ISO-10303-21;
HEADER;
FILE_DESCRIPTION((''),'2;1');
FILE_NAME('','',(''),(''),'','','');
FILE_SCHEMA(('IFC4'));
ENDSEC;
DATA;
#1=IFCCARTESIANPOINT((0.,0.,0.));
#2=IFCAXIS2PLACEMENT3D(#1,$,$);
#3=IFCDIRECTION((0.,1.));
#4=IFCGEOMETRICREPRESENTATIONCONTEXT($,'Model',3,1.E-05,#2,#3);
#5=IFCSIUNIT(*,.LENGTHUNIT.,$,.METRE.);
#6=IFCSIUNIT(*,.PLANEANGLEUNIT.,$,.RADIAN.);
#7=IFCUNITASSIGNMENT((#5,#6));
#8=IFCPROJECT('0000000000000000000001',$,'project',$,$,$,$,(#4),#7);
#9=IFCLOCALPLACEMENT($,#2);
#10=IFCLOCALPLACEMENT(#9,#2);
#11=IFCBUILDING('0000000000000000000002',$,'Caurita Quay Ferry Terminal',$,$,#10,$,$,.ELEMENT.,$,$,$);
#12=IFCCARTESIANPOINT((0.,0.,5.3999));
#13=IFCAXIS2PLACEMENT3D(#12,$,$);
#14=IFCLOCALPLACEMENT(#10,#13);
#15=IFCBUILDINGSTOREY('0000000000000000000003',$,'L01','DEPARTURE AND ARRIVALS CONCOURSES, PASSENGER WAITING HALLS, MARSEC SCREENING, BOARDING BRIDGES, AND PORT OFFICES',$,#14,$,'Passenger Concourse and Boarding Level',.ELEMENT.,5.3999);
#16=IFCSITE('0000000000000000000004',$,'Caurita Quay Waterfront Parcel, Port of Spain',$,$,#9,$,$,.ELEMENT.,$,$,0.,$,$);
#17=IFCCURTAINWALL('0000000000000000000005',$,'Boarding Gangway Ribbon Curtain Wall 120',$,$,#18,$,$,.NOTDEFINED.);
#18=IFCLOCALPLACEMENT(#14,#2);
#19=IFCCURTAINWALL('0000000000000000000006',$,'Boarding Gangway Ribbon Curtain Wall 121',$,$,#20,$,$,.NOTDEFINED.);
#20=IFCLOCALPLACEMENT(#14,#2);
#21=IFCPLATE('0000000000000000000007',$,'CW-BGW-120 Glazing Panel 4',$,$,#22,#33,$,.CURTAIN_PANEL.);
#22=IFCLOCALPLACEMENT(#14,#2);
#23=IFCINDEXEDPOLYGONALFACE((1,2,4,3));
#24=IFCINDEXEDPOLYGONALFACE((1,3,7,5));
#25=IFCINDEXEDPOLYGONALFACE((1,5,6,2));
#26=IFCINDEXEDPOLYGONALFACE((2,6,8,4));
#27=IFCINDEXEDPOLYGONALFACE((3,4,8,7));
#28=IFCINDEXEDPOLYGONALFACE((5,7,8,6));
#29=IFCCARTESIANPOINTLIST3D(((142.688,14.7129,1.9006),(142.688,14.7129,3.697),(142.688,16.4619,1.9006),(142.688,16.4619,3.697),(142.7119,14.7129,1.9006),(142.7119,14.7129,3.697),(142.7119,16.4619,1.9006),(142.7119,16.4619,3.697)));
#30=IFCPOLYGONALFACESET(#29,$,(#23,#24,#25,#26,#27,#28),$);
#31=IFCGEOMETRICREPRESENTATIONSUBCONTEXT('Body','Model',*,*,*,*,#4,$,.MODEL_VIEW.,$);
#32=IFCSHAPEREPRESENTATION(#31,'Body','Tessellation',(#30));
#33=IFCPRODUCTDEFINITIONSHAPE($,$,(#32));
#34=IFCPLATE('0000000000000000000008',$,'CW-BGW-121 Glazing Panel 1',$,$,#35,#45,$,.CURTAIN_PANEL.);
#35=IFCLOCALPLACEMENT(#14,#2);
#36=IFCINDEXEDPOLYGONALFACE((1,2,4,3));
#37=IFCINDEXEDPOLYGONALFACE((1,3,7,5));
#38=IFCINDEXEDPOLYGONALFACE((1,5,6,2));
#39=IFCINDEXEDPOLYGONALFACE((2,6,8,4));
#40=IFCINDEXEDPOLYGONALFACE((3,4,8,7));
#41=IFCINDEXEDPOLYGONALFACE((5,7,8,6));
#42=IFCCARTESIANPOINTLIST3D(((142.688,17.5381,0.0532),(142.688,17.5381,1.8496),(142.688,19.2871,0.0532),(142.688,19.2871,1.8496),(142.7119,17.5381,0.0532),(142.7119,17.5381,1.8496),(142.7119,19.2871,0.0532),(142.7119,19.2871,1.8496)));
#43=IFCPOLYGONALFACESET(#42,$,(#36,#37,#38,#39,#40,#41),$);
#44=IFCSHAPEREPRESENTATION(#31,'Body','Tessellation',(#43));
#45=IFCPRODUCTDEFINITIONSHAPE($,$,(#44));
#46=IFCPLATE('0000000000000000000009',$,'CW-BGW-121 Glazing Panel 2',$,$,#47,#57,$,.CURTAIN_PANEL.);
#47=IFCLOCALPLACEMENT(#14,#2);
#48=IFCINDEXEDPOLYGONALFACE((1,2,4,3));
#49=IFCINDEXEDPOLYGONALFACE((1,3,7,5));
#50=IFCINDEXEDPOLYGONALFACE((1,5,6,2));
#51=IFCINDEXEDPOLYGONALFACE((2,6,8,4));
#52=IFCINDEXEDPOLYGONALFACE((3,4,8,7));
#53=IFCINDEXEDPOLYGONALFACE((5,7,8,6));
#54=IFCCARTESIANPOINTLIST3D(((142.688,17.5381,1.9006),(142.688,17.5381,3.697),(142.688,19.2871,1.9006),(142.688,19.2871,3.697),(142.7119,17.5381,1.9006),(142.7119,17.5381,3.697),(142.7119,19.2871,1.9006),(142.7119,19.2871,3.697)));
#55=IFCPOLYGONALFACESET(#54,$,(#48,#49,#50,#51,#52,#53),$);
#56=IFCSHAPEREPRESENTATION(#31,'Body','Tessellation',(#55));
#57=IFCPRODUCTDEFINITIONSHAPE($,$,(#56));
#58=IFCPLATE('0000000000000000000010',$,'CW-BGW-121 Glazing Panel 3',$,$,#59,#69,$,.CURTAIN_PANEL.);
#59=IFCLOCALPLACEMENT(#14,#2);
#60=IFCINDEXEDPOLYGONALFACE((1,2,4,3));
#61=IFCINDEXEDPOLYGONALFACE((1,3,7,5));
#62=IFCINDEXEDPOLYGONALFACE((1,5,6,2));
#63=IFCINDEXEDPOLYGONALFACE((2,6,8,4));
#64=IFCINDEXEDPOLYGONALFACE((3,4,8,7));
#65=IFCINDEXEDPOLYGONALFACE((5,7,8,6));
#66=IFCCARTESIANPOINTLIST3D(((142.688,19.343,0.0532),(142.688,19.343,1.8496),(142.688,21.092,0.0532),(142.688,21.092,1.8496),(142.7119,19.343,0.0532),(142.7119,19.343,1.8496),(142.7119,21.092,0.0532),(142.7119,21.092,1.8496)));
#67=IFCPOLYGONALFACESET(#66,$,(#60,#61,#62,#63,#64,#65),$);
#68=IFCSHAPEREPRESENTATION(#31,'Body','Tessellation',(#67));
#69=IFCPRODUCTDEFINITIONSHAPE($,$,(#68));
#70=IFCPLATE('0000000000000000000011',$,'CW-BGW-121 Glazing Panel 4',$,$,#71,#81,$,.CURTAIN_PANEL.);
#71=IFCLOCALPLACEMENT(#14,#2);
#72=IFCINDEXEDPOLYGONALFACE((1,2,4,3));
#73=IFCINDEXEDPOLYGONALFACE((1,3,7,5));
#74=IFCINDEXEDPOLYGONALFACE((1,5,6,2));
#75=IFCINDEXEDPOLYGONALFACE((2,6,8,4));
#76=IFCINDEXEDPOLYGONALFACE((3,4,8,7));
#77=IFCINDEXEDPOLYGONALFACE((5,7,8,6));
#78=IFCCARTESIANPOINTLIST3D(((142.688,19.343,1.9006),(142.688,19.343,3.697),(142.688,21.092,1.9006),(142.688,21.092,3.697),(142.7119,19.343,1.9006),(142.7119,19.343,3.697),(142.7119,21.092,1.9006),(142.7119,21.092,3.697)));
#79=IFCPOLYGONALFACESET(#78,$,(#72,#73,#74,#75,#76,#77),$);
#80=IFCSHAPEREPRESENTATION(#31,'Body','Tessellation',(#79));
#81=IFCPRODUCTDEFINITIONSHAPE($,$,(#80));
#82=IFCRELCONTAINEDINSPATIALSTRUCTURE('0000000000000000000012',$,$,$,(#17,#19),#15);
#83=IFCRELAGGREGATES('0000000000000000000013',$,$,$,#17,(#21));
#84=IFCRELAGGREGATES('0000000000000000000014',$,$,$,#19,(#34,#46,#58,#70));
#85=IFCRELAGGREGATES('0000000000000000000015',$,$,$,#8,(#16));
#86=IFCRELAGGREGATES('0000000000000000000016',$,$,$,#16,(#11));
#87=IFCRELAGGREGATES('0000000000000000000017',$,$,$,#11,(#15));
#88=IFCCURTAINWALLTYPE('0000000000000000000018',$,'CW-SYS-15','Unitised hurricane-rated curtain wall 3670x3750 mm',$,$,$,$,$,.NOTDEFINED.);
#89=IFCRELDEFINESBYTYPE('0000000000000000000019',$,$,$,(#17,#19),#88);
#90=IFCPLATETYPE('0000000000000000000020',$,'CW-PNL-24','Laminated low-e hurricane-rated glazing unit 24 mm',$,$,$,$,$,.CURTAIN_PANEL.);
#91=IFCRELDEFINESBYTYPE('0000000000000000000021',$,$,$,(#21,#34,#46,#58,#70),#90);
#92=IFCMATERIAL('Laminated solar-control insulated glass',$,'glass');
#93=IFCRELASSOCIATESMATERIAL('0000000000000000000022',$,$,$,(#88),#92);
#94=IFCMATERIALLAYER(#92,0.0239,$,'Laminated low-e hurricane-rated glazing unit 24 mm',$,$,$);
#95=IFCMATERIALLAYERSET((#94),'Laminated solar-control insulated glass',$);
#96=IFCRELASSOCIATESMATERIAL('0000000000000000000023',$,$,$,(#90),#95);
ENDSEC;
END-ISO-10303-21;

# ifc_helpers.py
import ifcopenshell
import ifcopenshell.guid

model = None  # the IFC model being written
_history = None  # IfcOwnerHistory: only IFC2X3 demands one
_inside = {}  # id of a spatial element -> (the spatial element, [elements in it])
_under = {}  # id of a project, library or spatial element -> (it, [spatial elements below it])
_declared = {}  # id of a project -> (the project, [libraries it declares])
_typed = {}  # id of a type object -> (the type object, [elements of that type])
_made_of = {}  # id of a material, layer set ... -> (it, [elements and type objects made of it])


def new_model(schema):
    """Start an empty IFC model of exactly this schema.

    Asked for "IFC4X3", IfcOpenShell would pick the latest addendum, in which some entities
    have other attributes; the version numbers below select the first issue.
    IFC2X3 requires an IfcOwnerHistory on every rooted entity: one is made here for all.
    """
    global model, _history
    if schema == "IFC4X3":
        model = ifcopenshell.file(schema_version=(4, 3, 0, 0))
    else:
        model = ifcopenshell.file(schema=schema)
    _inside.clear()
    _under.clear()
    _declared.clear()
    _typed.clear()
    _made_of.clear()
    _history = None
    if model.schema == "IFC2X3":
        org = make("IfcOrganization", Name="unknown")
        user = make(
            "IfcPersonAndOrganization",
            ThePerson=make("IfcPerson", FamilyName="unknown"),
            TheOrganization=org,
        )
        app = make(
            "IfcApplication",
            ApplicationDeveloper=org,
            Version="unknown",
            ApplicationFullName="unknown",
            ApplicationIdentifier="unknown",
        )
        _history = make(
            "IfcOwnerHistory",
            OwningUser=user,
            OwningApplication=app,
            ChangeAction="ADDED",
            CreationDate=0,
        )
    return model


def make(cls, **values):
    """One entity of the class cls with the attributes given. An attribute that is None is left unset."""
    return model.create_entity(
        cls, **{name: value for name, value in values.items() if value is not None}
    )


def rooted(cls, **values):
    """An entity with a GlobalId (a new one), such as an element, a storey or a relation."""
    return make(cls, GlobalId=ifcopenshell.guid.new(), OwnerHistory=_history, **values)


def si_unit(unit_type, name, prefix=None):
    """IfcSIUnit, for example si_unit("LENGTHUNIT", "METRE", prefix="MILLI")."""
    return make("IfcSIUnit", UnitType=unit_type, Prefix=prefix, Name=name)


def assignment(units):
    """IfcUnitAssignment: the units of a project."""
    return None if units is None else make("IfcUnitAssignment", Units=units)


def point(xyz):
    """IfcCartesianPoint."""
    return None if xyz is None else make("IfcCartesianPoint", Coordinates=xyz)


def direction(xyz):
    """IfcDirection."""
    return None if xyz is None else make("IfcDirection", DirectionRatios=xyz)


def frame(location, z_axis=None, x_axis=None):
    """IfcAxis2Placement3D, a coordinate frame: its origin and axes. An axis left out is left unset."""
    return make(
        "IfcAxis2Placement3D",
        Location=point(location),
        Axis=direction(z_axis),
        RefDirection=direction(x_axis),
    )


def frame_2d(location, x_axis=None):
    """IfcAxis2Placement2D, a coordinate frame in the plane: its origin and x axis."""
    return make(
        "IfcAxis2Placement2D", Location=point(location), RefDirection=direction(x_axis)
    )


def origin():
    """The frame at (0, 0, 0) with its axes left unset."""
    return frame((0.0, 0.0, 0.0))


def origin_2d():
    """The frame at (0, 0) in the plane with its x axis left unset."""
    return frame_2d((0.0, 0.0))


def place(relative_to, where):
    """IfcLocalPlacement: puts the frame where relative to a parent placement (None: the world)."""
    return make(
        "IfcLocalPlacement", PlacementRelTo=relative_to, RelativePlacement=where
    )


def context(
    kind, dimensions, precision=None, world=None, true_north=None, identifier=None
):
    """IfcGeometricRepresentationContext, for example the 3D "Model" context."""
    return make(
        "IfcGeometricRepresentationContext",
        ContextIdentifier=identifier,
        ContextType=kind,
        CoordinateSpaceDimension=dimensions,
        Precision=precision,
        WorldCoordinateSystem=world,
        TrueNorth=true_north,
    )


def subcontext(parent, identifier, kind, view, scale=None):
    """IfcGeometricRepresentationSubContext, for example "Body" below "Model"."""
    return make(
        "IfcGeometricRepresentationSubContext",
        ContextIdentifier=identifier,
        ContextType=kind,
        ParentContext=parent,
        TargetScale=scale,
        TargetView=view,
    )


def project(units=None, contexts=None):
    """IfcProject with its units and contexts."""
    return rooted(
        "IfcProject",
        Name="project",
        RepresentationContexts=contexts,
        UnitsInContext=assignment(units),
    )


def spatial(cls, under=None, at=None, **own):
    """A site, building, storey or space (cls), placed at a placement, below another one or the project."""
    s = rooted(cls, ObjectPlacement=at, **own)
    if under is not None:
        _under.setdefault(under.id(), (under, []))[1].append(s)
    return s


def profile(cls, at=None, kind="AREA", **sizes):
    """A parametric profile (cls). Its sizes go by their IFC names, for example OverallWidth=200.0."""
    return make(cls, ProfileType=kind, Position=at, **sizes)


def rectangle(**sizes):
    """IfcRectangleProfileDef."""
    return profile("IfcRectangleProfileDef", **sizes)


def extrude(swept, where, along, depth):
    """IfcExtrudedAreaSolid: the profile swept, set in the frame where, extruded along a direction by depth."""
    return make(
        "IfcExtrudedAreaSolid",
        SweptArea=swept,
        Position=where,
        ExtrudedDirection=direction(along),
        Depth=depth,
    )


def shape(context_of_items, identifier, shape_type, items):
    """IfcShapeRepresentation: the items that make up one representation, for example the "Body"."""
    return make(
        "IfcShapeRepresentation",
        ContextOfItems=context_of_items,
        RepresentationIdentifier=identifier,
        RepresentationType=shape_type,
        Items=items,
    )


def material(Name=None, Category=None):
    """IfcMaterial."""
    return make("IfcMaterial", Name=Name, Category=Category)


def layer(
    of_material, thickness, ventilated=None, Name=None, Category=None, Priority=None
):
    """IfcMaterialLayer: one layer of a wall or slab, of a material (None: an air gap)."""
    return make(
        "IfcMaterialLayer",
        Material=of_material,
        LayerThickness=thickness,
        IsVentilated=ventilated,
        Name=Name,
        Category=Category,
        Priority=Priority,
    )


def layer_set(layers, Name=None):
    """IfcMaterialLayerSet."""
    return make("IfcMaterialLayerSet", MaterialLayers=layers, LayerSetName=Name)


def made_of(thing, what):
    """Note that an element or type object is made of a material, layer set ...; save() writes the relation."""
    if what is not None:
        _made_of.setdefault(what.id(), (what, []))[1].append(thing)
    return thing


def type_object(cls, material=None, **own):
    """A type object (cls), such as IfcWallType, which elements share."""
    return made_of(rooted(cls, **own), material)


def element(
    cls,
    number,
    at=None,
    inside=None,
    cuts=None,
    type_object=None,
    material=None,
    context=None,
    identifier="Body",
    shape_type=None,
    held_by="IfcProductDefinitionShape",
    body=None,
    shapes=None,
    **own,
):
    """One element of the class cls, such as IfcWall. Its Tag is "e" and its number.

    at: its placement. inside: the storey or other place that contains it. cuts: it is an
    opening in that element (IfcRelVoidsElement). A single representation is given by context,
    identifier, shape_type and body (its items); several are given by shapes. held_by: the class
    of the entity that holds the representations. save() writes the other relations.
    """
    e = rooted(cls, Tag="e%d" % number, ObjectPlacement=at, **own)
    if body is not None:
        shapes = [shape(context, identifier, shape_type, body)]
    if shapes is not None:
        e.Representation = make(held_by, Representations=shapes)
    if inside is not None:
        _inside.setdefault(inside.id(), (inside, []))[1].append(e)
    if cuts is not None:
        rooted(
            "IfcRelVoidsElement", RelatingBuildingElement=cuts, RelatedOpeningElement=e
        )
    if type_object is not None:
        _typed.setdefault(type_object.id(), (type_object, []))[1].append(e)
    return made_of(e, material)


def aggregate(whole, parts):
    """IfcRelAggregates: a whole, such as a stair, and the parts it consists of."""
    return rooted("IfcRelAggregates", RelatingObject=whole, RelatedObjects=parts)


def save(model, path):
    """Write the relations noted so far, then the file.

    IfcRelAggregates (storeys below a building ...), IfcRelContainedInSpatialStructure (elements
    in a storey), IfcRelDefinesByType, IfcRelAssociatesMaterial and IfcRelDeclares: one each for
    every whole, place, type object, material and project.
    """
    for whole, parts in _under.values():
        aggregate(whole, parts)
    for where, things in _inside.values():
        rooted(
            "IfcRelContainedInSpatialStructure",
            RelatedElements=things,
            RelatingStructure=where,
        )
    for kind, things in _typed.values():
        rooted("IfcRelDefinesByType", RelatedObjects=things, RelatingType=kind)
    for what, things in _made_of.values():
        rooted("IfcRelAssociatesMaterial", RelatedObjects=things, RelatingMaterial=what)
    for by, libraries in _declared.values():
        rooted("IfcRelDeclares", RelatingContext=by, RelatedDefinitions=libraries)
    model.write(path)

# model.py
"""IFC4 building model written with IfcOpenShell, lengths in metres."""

from ifc_helpers import new_model, si_unit, direction, frame, origin, origin_2d, place, context, subcontext, project, spatial, rectangle, extrude, material, layer, layer_set, type_object, element, aggregate, save


model = new_model("IFC4")

# Units and contexts
model_context = context("Model", 3, precision=1e-05, world=origin(), true_north=direction((0.0, 1.0)))
body_context = subcontext(model_context, "Body", "Model", "MODEL_VIEW")
ifc_project = project(units=[si_unit("LENGTHUNIT", "METRE"), si_unit("PLANEANGLEUNIT", "RADIAN")], contexts=[model_context])

# Site, building, storey
site_placement = place(None, origin())
site = spatial("IfcSite", under=ifc_project, at=site_placement, Name="Caurita Quay Waterfront Parcel, Port of Spain", CompositionType="ELEMENT", RefElevation=0.0)
building_placement = place(site_placement, origin())
building = spatial("IfcBuilding", under=site, at=building_placement, Name="Caurita Quay Ferry Terminal", CompositionType="ELEMENT")
storey_placement = place(building_placement, frame((0.0, 0.0, 5.3999)))
storey = spatial("IfcBuildingStorey", under=building, at=storey_placement, Name="L01", Description="DEPARTURE AND ARRIVALS CONCOURSES, PASSENGER WAITING HALLS, MARSEC SCREENING, BOARDING BRIDGES, AND PORT OFFICES", LongName="Passenger Concourse and Boarding Level", CompositionType="ELEMENT", Elevation=5.3999)

# Curtain walls
ifc_material_1 = material(Name="Laminated solar-control insulated glass", Category="glass")
curtain_wall_type = type_object("IfcCurtainWallType", Name="CW-SYS-15", Description="Unitised hurricane-rated curtain wall 3670x3750 mm", PredefinedType="NOTDEFINED", material=ifc_material_1)
curtain_wall_1_placement = place(storey_placement, origin())
curtain_wall_1 = element("IfcCurtainWall", 1, at=curtain_wall_1_placement, inside=storey, type_object=curtain_wall_type, Name="Boarding Gangway Ribbon Curtain Wall 120", PredefinedType="NOTDEFINED")
curtain_wall_2_placement = place(storey_placement, origin())
curtain_wall_2 = element("IfcCurtainWall", 2, at=curtain_wall_2_placement, inside=storey, type_object=curtain_wall_type, Name="Boarding Gangway Ribbon Curtain Wall 121", PredefinedType="NOTDEFINED")

# Plates
ifc_layer = layer(ifc_material_1, 0.0239, Name="Laminated low-e hurricane-rated glazing unit 24 mm")
ifc_layer_set = layer_set([ifc_layer], Name="Laminated solar-control insulated glass")
plate_type = type_object("IfcPlateType", Name="CW-PNL-24", Description="Laminated low-e hurricane-rated glazing unit 24 mm", PredefinedType="CURTAIN_PANEL", material=ifc_layer_set)
plate_1_placement = place(storey_placement, frame((142.7, 15.5874, 1.9006), z_axis=(0.0, 0.0, 1.0), x_axis=(0.0, 1.0, 0.0)))
plate_1 = element("IfcPlate", 3, at=plate_1_placement, type_object=plate_type, Name="CW-BGW-120 Glazing Panel 4", PredefinedType="CURTAIN_PANEL", context=body_context, shape_type="SweptSolid", body=[
    extrude(rectangle(XDim=1.749, YDim=0.0239, at=origin_2d()), origin(), (0.0, 0.0, 1.0), 1.7964),
])
aggregate(curtain_wall_1, [plate_1])
plate_2_placement = place(storey_placement, frame((142.7, 18.4126, 0.0532), z_axis=(0.0, 0.0, 1.0), x_axis=(0.0, 1.0, 0.0)))
plate_2 = element("IfcPlate", 4, at=plate_2_placement, type_object=plate_type, Name="CW-BGW-121 Glazing Panel 1", PredefinedType="CURTAIN_PANEL", context=body_context, shape_type="SweptSolid", body=[
    extrude(rectangle(XDim=1.749, YDim=0.0239, at=origin_2d()), origin(), (0.0, 0.0, 1.0), 1.7964),
])
plate_3_placement = place(storey_placement, frame((142.7, 18.4126, 1.9006), z_axis=(0.0, 0.0, 1.0), x_axis=(0.0, 1.0, 0.0)))
plate_3 = element("IfcPlate", 5, at=plate_3_placement, type_object=plate_type, Name="CW-BGW-121 Glazing Panel 2", PredefinedType="CURTAIN_PANEL", context=body_context, shape_type="SweptSolid", body=[
    extrude(rectangle(XDim=1.749, YDim=0.0239, at=origin_2d()), origin(), (0.0, 0.0, 1.0), 1.7964),
])
plate_4_placement = place(storey_placement, frame((142.7, 20.2175, 0.0532), z_axis=(0.0, 0.0, 1.0), x_axis=(0.0, 1.0, 0.0)))
plate_4 = element("IfcPlate", 6, at=plate_4_placement, type_object=plate_type, Name="CW-BGW-121 Glazing Panel 3", PredefinedType="CURTAIN_PANEL", context=body_context, shape_type="SweptSolid", body=[
    extrude(rectangle(XDim=1.749, YDim=0.0239, at=origin_2d()), origin(), (0.0, 0.0, 1.0), 1.7964),
])
plate_5_placement = place(storey_placement, frame((142.7, 20.2175, 1.9006), z_axis=(0.0, 0.0, 1.0), x_axis=(0.0, 1.0, 0.0)))
plate_5 = element("IfcPlate", 7, at=plate_5_placement, type_object=plate_type, Name="CW-BGW-121 Glazing Panel 4", PredefinedType="CURTAIN_PANEL", context=body_context, shape_type="SweptSolid", body=[
    extrude(rectangle(XDim=1.749, YDim=0.0239, at=origin_2d()), origin(), (0.0, 0.0, 1.0), 1.7964),
])
aggregate(curtain_wall_2, [plate_2, plate_3, plate_4, plate_5])

save(model, "model.ifc")
